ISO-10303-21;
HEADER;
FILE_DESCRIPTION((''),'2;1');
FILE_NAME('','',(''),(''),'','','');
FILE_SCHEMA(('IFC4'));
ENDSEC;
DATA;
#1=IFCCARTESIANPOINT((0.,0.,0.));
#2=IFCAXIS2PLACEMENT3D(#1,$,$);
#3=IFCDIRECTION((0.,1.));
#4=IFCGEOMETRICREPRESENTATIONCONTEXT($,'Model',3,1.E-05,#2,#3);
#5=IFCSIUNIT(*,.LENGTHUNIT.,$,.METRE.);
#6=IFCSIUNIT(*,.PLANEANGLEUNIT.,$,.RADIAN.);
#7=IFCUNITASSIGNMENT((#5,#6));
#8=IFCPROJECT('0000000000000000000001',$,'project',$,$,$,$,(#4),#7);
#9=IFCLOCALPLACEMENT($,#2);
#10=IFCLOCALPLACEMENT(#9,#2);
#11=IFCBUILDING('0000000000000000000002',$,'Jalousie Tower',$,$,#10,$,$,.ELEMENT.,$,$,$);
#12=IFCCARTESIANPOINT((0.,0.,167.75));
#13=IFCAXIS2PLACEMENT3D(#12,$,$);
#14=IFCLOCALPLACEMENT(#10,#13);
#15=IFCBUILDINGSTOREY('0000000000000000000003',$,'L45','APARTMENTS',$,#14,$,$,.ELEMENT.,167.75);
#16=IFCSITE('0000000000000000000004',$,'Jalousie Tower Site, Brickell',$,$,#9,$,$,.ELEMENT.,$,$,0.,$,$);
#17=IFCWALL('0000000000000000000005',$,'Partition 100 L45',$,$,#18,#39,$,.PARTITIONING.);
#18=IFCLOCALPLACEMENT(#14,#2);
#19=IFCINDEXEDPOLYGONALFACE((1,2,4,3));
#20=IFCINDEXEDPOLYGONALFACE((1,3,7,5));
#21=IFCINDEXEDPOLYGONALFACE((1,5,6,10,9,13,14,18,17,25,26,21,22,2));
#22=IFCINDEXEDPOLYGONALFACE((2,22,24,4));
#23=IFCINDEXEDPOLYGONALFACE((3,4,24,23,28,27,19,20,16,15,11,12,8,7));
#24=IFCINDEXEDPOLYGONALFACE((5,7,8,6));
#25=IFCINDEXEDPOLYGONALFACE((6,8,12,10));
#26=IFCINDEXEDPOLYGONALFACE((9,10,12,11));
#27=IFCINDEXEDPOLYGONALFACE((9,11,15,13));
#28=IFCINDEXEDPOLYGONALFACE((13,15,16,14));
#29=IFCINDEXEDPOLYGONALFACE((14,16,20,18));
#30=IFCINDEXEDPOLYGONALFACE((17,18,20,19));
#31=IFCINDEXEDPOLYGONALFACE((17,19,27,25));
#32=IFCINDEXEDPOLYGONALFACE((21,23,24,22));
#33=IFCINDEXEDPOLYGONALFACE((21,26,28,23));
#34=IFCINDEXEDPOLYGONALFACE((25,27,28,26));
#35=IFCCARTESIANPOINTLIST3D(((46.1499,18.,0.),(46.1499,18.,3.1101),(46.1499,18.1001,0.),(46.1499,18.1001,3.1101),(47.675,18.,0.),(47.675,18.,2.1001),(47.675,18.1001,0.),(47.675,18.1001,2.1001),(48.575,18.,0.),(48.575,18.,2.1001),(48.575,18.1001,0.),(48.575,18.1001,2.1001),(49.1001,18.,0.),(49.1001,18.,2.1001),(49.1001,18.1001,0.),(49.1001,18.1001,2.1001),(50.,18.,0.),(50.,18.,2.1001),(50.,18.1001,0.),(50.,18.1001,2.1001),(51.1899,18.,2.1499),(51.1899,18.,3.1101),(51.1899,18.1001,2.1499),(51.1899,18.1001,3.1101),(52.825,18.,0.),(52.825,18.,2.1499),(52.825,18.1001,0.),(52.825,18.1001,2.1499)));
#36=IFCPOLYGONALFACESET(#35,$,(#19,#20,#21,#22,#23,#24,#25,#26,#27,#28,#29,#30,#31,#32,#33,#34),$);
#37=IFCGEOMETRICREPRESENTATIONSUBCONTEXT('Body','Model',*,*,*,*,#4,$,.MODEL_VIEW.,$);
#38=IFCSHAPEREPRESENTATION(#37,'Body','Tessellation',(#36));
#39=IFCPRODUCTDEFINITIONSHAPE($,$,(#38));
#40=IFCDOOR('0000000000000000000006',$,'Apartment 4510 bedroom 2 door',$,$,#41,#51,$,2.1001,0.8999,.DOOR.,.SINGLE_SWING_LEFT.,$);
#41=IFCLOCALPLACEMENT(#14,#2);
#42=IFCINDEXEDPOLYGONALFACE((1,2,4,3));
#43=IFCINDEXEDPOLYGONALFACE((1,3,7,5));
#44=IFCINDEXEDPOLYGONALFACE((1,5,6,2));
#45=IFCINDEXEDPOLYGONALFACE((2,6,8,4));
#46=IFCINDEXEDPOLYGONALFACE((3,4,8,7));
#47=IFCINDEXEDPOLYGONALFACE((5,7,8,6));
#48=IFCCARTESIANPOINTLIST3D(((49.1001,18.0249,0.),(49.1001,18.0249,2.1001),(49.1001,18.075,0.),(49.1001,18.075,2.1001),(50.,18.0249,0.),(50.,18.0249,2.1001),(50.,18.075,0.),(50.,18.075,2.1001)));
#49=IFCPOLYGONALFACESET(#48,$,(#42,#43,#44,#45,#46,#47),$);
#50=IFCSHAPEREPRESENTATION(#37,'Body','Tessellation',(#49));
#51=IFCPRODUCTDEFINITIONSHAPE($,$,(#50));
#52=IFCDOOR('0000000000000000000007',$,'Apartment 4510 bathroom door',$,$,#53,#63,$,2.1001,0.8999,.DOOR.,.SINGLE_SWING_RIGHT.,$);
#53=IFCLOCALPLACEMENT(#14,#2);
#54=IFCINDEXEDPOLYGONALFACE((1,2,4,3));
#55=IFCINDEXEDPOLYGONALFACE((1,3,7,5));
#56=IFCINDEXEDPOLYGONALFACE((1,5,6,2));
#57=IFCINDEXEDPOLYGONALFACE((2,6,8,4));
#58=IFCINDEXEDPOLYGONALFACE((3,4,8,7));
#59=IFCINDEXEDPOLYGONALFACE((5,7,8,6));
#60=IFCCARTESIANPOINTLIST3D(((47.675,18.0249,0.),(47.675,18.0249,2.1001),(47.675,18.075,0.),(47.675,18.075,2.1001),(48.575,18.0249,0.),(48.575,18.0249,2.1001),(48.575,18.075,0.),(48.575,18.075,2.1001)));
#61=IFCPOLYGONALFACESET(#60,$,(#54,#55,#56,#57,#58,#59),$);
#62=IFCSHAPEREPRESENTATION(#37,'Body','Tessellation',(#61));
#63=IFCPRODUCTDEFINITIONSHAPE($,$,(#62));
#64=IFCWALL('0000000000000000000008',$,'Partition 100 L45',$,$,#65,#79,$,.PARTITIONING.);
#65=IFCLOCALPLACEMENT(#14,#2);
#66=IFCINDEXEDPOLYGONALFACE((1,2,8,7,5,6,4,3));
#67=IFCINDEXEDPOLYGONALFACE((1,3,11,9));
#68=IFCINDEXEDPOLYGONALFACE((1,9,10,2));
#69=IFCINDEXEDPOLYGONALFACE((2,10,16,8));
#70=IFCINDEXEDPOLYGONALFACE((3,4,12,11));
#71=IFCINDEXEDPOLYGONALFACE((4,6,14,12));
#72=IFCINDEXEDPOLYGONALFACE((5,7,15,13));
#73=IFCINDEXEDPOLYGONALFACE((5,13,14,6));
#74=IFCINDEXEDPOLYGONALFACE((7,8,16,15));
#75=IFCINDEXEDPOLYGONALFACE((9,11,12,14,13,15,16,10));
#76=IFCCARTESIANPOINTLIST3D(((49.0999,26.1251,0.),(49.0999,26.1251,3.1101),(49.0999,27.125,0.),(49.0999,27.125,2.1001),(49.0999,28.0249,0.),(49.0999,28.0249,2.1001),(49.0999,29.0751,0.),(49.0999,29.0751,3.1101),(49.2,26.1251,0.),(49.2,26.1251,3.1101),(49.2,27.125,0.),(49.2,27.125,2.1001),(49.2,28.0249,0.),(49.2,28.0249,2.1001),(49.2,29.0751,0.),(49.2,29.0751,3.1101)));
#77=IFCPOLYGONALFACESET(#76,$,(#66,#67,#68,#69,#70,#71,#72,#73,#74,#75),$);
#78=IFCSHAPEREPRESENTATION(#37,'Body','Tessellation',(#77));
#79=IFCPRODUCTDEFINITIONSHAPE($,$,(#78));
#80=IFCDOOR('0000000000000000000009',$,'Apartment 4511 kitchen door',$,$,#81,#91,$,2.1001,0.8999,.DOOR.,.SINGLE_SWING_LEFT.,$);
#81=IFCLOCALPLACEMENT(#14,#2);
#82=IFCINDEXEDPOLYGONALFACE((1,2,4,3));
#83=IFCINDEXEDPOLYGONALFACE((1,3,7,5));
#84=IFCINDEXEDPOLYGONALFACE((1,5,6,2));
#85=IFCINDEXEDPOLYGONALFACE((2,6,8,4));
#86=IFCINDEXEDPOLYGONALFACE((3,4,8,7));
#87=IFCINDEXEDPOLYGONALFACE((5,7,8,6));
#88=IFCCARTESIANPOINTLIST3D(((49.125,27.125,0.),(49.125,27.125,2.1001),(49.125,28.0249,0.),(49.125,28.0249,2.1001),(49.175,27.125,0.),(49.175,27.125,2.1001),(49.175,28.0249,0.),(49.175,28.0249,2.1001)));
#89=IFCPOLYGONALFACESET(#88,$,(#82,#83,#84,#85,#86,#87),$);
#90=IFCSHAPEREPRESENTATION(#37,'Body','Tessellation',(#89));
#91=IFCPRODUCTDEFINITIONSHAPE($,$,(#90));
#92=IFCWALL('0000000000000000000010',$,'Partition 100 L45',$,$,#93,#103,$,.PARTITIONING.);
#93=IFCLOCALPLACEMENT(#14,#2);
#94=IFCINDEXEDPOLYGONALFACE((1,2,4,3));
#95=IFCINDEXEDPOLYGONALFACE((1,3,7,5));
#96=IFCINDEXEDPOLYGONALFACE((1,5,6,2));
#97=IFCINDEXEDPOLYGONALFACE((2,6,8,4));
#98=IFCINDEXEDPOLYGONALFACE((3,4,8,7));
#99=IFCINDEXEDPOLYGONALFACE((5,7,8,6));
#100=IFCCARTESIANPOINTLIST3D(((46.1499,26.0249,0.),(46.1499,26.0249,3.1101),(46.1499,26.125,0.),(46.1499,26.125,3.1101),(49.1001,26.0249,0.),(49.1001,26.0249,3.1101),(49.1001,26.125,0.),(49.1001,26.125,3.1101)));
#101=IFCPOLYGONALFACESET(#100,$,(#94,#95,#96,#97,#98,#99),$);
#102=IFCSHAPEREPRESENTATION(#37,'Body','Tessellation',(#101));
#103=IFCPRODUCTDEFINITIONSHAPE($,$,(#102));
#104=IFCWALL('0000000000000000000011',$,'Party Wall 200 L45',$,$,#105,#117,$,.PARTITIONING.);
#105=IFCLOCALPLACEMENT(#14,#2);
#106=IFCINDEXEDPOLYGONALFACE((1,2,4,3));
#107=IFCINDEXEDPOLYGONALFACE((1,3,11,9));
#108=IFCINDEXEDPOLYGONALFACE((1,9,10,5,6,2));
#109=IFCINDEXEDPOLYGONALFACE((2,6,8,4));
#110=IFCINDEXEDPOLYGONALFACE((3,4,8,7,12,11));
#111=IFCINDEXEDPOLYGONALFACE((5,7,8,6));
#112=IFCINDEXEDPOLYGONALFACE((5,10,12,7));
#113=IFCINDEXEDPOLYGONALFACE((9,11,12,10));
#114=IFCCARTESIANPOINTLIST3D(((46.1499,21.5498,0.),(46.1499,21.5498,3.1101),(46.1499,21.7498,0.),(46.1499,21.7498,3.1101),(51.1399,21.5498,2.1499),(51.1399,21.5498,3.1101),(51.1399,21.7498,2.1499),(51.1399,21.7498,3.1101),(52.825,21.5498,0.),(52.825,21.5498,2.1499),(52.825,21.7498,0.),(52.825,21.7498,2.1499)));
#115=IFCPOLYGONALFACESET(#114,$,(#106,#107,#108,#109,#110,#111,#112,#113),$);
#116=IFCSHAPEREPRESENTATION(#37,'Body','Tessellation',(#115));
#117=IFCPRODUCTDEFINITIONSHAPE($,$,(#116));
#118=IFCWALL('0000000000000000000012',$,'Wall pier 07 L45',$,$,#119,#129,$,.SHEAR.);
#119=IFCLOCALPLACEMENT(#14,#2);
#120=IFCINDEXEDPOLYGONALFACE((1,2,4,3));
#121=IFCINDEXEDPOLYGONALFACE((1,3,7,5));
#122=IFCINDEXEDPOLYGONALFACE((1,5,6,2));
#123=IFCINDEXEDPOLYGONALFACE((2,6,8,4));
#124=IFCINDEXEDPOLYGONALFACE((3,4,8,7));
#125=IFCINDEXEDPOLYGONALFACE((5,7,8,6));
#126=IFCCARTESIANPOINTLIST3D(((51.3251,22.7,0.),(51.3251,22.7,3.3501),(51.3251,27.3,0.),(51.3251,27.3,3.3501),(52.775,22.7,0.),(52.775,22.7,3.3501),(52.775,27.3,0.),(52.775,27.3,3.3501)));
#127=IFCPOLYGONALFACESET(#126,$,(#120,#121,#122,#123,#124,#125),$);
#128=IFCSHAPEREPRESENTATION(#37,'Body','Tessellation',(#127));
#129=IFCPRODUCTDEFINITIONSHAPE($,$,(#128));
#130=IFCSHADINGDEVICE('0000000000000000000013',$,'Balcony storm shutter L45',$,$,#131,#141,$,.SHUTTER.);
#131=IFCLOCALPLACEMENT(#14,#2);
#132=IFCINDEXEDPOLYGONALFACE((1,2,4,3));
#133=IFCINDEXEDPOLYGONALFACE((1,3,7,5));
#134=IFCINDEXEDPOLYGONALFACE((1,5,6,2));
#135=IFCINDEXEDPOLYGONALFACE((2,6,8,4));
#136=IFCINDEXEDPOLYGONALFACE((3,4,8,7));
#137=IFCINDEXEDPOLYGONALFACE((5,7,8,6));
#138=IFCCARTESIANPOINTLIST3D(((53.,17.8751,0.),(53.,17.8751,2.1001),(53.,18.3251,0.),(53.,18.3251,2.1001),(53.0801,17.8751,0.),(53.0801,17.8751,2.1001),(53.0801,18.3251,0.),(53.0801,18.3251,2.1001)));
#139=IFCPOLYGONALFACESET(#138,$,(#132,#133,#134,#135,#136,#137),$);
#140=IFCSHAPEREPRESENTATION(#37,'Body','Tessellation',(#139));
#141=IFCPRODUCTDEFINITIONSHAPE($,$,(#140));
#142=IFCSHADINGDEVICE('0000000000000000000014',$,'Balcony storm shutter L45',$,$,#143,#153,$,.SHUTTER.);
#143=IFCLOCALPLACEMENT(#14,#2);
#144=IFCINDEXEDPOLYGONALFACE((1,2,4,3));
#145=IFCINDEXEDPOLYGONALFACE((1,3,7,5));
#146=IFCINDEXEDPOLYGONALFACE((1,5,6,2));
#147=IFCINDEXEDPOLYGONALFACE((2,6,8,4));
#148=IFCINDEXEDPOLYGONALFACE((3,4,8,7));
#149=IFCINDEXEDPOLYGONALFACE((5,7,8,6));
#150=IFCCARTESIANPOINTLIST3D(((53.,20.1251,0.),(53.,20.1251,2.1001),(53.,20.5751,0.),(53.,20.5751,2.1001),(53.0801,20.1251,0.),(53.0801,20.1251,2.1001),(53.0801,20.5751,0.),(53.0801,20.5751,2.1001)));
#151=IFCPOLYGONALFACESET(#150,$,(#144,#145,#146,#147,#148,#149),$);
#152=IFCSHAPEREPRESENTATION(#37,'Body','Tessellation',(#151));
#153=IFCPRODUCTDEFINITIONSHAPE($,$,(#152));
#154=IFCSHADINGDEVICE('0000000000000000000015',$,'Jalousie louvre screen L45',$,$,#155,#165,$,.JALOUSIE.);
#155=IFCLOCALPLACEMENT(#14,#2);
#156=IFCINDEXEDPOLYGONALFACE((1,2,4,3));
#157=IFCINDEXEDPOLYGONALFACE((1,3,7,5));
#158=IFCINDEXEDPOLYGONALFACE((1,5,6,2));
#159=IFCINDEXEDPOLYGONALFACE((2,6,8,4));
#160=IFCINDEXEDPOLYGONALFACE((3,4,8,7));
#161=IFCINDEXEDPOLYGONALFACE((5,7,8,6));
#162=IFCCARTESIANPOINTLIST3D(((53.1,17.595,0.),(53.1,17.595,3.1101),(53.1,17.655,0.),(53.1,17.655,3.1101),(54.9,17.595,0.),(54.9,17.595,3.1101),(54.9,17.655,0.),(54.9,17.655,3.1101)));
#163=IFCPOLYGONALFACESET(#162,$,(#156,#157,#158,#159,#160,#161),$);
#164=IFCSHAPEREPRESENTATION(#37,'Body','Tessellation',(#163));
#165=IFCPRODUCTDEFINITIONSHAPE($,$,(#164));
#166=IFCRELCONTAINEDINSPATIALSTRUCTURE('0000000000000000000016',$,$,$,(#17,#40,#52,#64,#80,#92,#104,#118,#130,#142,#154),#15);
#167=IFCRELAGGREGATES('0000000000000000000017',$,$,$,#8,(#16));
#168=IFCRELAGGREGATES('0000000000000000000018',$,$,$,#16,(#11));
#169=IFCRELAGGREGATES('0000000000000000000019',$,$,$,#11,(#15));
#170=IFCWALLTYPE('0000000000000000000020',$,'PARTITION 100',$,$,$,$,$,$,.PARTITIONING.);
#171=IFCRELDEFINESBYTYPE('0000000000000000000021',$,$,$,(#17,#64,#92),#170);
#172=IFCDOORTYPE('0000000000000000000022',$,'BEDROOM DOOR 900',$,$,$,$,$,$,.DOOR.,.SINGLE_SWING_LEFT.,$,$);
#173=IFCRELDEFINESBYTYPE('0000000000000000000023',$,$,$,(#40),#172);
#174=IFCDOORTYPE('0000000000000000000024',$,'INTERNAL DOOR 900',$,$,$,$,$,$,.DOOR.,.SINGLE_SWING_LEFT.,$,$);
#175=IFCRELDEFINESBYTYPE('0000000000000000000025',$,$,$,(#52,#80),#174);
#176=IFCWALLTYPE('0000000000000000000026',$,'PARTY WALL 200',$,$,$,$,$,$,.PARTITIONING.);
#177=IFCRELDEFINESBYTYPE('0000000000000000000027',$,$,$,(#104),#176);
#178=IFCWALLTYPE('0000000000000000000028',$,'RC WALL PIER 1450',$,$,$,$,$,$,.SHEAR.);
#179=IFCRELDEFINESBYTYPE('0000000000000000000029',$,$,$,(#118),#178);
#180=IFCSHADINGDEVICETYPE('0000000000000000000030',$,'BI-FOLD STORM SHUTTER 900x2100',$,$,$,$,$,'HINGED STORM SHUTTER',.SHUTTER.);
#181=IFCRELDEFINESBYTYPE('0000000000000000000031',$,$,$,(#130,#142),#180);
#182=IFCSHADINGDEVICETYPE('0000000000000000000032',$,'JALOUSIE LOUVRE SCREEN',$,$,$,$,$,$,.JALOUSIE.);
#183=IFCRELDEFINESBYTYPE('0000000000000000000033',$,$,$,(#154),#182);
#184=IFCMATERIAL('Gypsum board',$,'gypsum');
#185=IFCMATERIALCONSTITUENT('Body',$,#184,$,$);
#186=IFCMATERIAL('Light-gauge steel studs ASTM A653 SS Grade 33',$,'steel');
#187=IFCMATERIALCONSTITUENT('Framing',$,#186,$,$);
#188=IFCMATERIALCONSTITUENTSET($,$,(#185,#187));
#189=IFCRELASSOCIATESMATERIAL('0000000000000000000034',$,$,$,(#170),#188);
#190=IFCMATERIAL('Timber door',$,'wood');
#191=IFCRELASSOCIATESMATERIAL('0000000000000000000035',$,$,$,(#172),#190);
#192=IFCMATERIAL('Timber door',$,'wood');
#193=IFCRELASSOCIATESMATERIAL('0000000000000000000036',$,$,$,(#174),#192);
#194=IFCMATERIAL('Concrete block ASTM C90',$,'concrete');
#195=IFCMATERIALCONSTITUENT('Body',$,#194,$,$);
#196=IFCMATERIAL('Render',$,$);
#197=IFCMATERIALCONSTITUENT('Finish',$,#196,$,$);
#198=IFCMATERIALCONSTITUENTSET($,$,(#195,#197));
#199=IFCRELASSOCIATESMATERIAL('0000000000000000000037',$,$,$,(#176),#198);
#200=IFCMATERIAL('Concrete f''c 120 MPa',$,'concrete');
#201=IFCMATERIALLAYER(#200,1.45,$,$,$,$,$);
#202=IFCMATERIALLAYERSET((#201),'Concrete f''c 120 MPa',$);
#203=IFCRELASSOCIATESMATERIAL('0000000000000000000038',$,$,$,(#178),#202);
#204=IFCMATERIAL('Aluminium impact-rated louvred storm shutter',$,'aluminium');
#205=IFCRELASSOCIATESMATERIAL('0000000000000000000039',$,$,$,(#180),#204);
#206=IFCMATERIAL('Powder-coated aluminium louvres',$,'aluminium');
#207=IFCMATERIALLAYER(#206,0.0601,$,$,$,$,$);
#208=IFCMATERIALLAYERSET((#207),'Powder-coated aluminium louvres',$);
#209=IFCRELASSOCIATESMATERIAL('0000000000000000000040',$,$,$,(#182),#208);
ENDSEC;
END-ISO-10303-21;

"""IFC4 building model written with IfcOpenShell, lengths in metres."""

from ifc_helpers import new_model, si_unit, direction, frame, frame_2d, origin, origin_2d, place, context, subcontext, project, spatial, polyline, rectangle, outline, extrude, material, layer, layer_set, constituent, constituent_set, type_object, element, fill, save


model = new_model("IFC4")

# Units and contexts
model_context = context("Model", 3, precision=1e-05, world=origin(), true_north=direction((0.0, 1.0)))
body_context = subcontext(model_context, "Body", "Model", "MODEL_VIEW")
ifc_project = project(units=[si_unit("LENGTHUNIT", "METRE"), si_unit("PLANEANGLEUNIT", "RADIAN")], contexts=[model_context])

# Site, building, storey
site_placement = place(None, origin())
site = spatial("IfcSite", under=ifc_project, at=site_placement, Name="Jalousie Tower Site, Brickell", CompositionType="ELEMENT", RefElevation=0.0)
building_placement = place(site_placement, origin())
building = spatial("IfcBuilding", under=site, at=building_placement, Name="Jalousie Tower", CompositionType="ELEMENT")
storey_placement = place(building_placement, frame((0.0, 0.0, 167.75)))
storey = spatial("IfcBuildingStorey", under=building, at=storey_placement, Name="L45", Description="APARTMENTS", CompositionType="ELEMENT", Elevation=167.75)

# Wall, openings, doors
ifc_material_1 = material(Name="Gypsum board", Category="gypsum")
ifc_constituent_1 = constituent(ifc_material_1, Name="Body")
ifc_material_2 = material(Name="Light-gauge steel studs ASTM A653 SS Grade 33", Category="steel")
ifc_constituent_2 = constituent(ifc_material_2, Name="Framing")
ifc_constituent_set_1 = constituent_set(constituents=[ifc_constituent_1, ifc_constituent_2])
wall_type_1 = type_object("IfcWallType", Name="PARTITION 100", PredefinedType="PARTITIONING", material=ifc_constituent_set_1)
wall_1_placement = place(storey_placement, frame((52.825, 18.05, 0.0), z_axis=(0.0, 0.0, 1.0), x_axis=(-1.0, 0.0, 0.0)))
wall_1 = element("IfcWall", 1, at=wall_1_placement, inside=storey, type_object=wall_type_1, Name="Partition 100 L45", PredefinedType="PARTITIONING", context=body_context, shape_type="SweptSolid", body=[
    extrude(outline(polyline([(0.0, 0.0), (6.675, 0.0), (6.675, 3.1101), (1.635, 3.1101), (1.635, 2.1499), (0.0, 2.1499), (0.0, 3.1101), (0.0, 0.0)])), frame((0.0, 0.05, 0.0), z_axis=(0.0, -1.0, 0.0), x_axis=(1.0, 0.0, 0.0)), (0.0, 0.0, 1.0), 0.1001),
])
opening_1_placement = place(wall_1_placement, frame((2.825, 0.0, 0.0)))
opening_1 = element("IfcOpeningElement", 2, at=opening_1_placement, cuts=wall_1, PredefinedType="OPENING", context=body_context, shape_type="SweptSolid", body=[
    extrude(rectangle(XDim=0.8999, YDim=2.1001, at=frame_2d((0.45, 1.05))), frame((0.0, 0.0601, 0.0), z_axis=(0.0, -1.0, 0.0), x_axis=(1.0, 0.0, 0.0)), (0.0, 0.0, 1.0), 0.1201),
])
opening_2_placement = place(wall_1_placement, frame((4.25, 0.0, 0.0)))
opening_2 = element("IfcOpeningElement", 3, at=opening_2_placement, cuts=wall_1, PredefinedType="OPENING", context=body_context, shape_type="SweptSolid", body=[
    extrude(rectangle(XDim=0.8999, YDim=2.1001, at=frame_2d((0.45, 1.05))), frame((0.0, 0.0601, 0.0), z_axis=(0.0, -1.0, 0.0), x_axis=(1.0, 0.0, 0.0)), (0.0, 0.0, 1.0), 0.1201),
])
ifc_material_3 = material(Name="Timber door", Category="wood")
door_type_1 = type_object("IfcDoorType", Name="BEDROOM DOOR 900", OperationType="SINGLE_SWING_LEFT", PredefinedType="DOOR", material=ifc_material_3)
door_1_placement = place(opening_1_placement, frame((0.8999, 0.0, 0.0), z_axis=(0.0, 0.0, 1.0), x_axis=(-1.0, 0.0, 0.0)))
door_1 = element("IfcDoor", 4, at=door_1_placement, inside=storey, type_object=door_type_1, Name="Apartment 4510 bedroom 2 door", OperationType="SINGLE_SWING_LEFT", OverallHeight=2.1001, OverallWidth=0.8999, PredefinedType="DOOR", context=body_context, shape_type="SweptSolid", body=[
    extrude(rectangle(XDim=0.8999, YDim=2.1001, at=frame_2d((0.45, 1.05))), frame((0.0, 0.0249, 0.0), z_axis=(0.0, -1.0, 0.0), x_axis=(1.0, 0.0, 0.0)), (0.0, 0.0, 1.0), 0.05),
])
fill(opening_1, door_1)
ifc_material_4 = material(Name="Timber door", Category="wood")
door_type_2 = type_object("IfcDoorType", Name="INTERNAL DOOR 900", OperationType="SINGLE_SWING_LEFT", PredefinedType="DOOR", material=ifc_material_4)
door_2_placement = place(opening_2_placement, frame((0.8999, 0.0, 0.0), z_axis=(0.0, 0.0, 1.0), x_axis=(-1.0, 0.0, 0.0)))
door_2 = element("IfcDoor", 5, at=door_2_placement, inside=storey, type_object=door_type_2, Name="Apartment 4510 bathroom door", OperationType="SINGLE_SWING_RIGHT", OverallHeight=2.1001, OverallWidth=0.8999, PredefinedType="DOOR", context=body_context, shape_type="SweptSolid", body=[
    extrude(rectangle(XDim=0.8999, YDim=2.1001, at=frame_2d((0.45, 1.05))), frame((0.0, 0.0249, 0.0), z_axis=(0.0, -1.0, 0.0), x_axis=(1.0, 0.0, 0.0)), (0.0, 0.0, 1.0), 0.05),
])
fill(opening_2, door_2)

# Wall, opening, door
wall_2_placement = place(storey_placement, frame((49.1499, 26.125, 0.0), z_axis=(0.0, 0.0, 1.0), x_axis=(0.0, 1.0, 0.0)))
wall_2 = element("IfcWall", 6, at=wall_2_placement, inside=storey, type_object=wall_type_1, Name="Partition 100 L45", PredefinedType="PARTITIONING", context=body_context, shape_type="SweptSolid", body=[
    extrude(rectangle(XDim=2.95, YDim=0.1001, at=frame_2d((1.4751, 0.0))), origin(), (0.0, 0.0, 1.0), 3.1101),
])
opening_3_placement = place(wall_2_placement, frame((1.0, 0.0, 0.0)))
opening_3 = element("IfcOpeningElement", 7, at=opening_3_placement, cuts=wall_2, PredefinedType="OPENING", context=body_context, shape_type="SweptSolid", body=[
    extrude(rectangle(XDim=0.8999, YDim=2.1001, at=frame_2d((0.45, 1.05))), frame((0.0, 0.0601, 0.0), z_axis=(0.0, -1.0, 0.0), x_axis=(1.0, 0.0, 0.0)), (0.0, 0.0, 1.0), 0.1201),
])
door_3_placement = place(opening_3_placement, origin())
door_3 = element("IfcDoor", 8, at=door_3_placement, inside=storey, type_object=door_type_2, Name="Apartment 4511 kitchen door", OperationType="SINGLE_SWING_LEFT", OverallHeight=2.1001, OverallWidth=0.8999, PredefinedType="DOOR", context=body_context, shape_type="SweptSolid", body=[
    extrude(rectangle(XDim=0.8999, YDim=2.1001, at=frame_2d((0.45, 1.05))), frame((0.0, 0.0249, 0.0), z_axis=(0.0, -1.0, 0.0), x_axis=(1.0, 0.0, 0.0)), (0.0, 0.0, 1.0), 0.05),
])
fill(opening_3, door_3)

# Walls
wall_3_placement = place(storey_placement, frame((49.1001, 26.075, 0.0), z_axis=(0.0, 0.0, 1.0), x_axis=(-1.0, 0.0, 0.0)))
element("IfcWall", 9, at=wall_3_placement, inside=storey, type_object=wall_type_1, Name="Partition 100 L45", PredefinedType="PARTITIONING", context=body_context, shape_type="SweptSolid", body=[
    extrude(rectangle(XDim=2.9502, YDim=0.1001, at=frame_2d((1.4751, 0.0))), origin(), (0.0, 0.0, 1.0), 3.1101),
])
ifc_material_5 = material(Name="Concrete block ASTM C90", Category="concrete")
ifc_constituent_3 = constituent(ifc_material_5, Name="Body")
ifc_material_6 = material(Name="Render")
ifc_constituent_4 = constituent(ifc_material_6, Name="Finish")
ifc_constituent_set_2 = constituent_set(constituents=[ifc_constituent_3, ifc_constituent_4])
wall_type_2 = type_object("IfcWallType", Name="PARTY WALL 200", PredefinedType="PARTITIONING", material=ifc_constituent_set_2)
wall_4_placement = place(storey_placement, frame((52.825, 21.6499, 0.0), z_axis=(0.0, 0.0, 1.0), x_axis=(-1.0, 0.0, 0.0)))
element("IfcWall", 10, at=wall_4_placement, inside=storey, type_object=wall_type_2, Name="Party Wall 200 L45", PredefinedType="PARTITIONING", context=body_context, shape_type="SweptSolid", body=[
    extrude(outline(polyline([(0.0, 0.0), (6.675, 0.0), (6.675, 3.1101), (1.6851, 3.1101), (1.6851, 2.1499), (0.0, 2.1499), (0.0, 3.1101), (0.0, 0.0)])), frame((0.0, 0.1001, 0.0), z_axis=(0.0, -1.0, 0.0), x_axis=(1.0, 0.0, 0.0)), (0.0, 0.0, 1.0), 0.2),
])
ifc_material_7 = material(Name="Concrete f'c 120 MPa", Category="concrete")
ifc_layer_1 = layer(ifc_material_7, 1.45)
ifc_layer_set_1 = layer_set([ifc_layer_1], Name="Concrete f'c 120 MPa")
wall_type_3 = type_object("IfcWallType", Name="RC WALL PIER 1450", PredefinedType="SHEAR", material=ifc_layer_set_1)
wall_5_placement = place(storey_placement, frame((52.05, 22.7, 0.0), z_axis=(0.0, 0.0, 1.0), x_axis=(0.0, 1.0, 0.0)))
element("IfcWall", 11, at=wall_5_placement, inside=storey, type_object=wall_type_3, Name="Wall pier 07 L45", PredefinedType="SHEAR", context=body_context, shape_type="SweptSolid", body=[
    extrude(rectangle(XDim=4.6001, YDim=1.45, at=frame_2d((2.3, 0.0))), origin(), (0.0, 0.0, 1.0), 3.3501),
])

# Shading devices
ifc_material_8 = material(Name="Aluminium impact-rated louvred storm shutter", Category="aluminium")
shading_device_type_1 = type_object("IfcShadingDeviceType", Name="BI-FOLD STORM SHUTTER 900x2100", ElementType="HINGED STORM SHUTTER", PredefinedType="SHUTTER", material=ifc_material_8)
for number, where, z_axis, x_axis, name in (
    (12, (53.04, 18.1001, 0.0), (0.0, 0.0, 1.0), (0.0, 1.0, 0.0), "Balcony storm shutter L45"),
    (13, (53.04, 20.3501, 0.0), (0.0, 0.0, 1.0), (0.0, 1.0, 0.0), "Balcony storm shutter L45"),
):
    element("IfcShadingDevice", number, at=place(storey_placement, frame(where, z_axis=z_axis, x_axis=x_axis)), inside=storey, type_object=shading_device_type_1, Name=name, PredefinedType="SHUTTER", context=body_context, shape_type="SweptSolid", body=[
        extrude(rectangle(XDim=0.45, YDim=0.0801, at=origin_2d()), origin(), (0.0, 0.0, 1.0), 2.1001),
    ])

# Shading device
ifc_material_9 = material(Name="Powder-coated aluminium louvres", Category="aluminium")
ifc_layer_2 = layer(ifc_material_9, 0.0601)
ifc_layer_set_2 = layer_set([ifc_layer_2], Name="Powder-coated aluminium louvres")
shading_device_type_2 = type_object("IfcShadingDeviceType", Name="JALOUSIE LOUVRE SCREEN", PredefinedType="JALOUSIE", material=ifc_layer_set_2)
for number, where, z_axis, x_axis, name in (
    (14, (54.0, 17.625, 0.0), (0.0, 0.0, 1.0), (0.0, 1.0, 0.0), "Jalousie louvre screen L45"),
):
    element("IfcShadingDevice", number, at=place(storey_placement, frame(where, z_axis=z_axis, x_axis=x_axis)), inside=storey, type_object=shading_device_type_2, Name=name, PredefinedType="JALOUSIE", context=body_context, shape_type="SweptSolid", body=[
        extrude(rectangle(XDim=0.0601, YDim=1.8, at=origin_2d()), origin(), (0.0, 0.0, 1.0), 3.1101),
    ])

save(model, "model.ifc")
